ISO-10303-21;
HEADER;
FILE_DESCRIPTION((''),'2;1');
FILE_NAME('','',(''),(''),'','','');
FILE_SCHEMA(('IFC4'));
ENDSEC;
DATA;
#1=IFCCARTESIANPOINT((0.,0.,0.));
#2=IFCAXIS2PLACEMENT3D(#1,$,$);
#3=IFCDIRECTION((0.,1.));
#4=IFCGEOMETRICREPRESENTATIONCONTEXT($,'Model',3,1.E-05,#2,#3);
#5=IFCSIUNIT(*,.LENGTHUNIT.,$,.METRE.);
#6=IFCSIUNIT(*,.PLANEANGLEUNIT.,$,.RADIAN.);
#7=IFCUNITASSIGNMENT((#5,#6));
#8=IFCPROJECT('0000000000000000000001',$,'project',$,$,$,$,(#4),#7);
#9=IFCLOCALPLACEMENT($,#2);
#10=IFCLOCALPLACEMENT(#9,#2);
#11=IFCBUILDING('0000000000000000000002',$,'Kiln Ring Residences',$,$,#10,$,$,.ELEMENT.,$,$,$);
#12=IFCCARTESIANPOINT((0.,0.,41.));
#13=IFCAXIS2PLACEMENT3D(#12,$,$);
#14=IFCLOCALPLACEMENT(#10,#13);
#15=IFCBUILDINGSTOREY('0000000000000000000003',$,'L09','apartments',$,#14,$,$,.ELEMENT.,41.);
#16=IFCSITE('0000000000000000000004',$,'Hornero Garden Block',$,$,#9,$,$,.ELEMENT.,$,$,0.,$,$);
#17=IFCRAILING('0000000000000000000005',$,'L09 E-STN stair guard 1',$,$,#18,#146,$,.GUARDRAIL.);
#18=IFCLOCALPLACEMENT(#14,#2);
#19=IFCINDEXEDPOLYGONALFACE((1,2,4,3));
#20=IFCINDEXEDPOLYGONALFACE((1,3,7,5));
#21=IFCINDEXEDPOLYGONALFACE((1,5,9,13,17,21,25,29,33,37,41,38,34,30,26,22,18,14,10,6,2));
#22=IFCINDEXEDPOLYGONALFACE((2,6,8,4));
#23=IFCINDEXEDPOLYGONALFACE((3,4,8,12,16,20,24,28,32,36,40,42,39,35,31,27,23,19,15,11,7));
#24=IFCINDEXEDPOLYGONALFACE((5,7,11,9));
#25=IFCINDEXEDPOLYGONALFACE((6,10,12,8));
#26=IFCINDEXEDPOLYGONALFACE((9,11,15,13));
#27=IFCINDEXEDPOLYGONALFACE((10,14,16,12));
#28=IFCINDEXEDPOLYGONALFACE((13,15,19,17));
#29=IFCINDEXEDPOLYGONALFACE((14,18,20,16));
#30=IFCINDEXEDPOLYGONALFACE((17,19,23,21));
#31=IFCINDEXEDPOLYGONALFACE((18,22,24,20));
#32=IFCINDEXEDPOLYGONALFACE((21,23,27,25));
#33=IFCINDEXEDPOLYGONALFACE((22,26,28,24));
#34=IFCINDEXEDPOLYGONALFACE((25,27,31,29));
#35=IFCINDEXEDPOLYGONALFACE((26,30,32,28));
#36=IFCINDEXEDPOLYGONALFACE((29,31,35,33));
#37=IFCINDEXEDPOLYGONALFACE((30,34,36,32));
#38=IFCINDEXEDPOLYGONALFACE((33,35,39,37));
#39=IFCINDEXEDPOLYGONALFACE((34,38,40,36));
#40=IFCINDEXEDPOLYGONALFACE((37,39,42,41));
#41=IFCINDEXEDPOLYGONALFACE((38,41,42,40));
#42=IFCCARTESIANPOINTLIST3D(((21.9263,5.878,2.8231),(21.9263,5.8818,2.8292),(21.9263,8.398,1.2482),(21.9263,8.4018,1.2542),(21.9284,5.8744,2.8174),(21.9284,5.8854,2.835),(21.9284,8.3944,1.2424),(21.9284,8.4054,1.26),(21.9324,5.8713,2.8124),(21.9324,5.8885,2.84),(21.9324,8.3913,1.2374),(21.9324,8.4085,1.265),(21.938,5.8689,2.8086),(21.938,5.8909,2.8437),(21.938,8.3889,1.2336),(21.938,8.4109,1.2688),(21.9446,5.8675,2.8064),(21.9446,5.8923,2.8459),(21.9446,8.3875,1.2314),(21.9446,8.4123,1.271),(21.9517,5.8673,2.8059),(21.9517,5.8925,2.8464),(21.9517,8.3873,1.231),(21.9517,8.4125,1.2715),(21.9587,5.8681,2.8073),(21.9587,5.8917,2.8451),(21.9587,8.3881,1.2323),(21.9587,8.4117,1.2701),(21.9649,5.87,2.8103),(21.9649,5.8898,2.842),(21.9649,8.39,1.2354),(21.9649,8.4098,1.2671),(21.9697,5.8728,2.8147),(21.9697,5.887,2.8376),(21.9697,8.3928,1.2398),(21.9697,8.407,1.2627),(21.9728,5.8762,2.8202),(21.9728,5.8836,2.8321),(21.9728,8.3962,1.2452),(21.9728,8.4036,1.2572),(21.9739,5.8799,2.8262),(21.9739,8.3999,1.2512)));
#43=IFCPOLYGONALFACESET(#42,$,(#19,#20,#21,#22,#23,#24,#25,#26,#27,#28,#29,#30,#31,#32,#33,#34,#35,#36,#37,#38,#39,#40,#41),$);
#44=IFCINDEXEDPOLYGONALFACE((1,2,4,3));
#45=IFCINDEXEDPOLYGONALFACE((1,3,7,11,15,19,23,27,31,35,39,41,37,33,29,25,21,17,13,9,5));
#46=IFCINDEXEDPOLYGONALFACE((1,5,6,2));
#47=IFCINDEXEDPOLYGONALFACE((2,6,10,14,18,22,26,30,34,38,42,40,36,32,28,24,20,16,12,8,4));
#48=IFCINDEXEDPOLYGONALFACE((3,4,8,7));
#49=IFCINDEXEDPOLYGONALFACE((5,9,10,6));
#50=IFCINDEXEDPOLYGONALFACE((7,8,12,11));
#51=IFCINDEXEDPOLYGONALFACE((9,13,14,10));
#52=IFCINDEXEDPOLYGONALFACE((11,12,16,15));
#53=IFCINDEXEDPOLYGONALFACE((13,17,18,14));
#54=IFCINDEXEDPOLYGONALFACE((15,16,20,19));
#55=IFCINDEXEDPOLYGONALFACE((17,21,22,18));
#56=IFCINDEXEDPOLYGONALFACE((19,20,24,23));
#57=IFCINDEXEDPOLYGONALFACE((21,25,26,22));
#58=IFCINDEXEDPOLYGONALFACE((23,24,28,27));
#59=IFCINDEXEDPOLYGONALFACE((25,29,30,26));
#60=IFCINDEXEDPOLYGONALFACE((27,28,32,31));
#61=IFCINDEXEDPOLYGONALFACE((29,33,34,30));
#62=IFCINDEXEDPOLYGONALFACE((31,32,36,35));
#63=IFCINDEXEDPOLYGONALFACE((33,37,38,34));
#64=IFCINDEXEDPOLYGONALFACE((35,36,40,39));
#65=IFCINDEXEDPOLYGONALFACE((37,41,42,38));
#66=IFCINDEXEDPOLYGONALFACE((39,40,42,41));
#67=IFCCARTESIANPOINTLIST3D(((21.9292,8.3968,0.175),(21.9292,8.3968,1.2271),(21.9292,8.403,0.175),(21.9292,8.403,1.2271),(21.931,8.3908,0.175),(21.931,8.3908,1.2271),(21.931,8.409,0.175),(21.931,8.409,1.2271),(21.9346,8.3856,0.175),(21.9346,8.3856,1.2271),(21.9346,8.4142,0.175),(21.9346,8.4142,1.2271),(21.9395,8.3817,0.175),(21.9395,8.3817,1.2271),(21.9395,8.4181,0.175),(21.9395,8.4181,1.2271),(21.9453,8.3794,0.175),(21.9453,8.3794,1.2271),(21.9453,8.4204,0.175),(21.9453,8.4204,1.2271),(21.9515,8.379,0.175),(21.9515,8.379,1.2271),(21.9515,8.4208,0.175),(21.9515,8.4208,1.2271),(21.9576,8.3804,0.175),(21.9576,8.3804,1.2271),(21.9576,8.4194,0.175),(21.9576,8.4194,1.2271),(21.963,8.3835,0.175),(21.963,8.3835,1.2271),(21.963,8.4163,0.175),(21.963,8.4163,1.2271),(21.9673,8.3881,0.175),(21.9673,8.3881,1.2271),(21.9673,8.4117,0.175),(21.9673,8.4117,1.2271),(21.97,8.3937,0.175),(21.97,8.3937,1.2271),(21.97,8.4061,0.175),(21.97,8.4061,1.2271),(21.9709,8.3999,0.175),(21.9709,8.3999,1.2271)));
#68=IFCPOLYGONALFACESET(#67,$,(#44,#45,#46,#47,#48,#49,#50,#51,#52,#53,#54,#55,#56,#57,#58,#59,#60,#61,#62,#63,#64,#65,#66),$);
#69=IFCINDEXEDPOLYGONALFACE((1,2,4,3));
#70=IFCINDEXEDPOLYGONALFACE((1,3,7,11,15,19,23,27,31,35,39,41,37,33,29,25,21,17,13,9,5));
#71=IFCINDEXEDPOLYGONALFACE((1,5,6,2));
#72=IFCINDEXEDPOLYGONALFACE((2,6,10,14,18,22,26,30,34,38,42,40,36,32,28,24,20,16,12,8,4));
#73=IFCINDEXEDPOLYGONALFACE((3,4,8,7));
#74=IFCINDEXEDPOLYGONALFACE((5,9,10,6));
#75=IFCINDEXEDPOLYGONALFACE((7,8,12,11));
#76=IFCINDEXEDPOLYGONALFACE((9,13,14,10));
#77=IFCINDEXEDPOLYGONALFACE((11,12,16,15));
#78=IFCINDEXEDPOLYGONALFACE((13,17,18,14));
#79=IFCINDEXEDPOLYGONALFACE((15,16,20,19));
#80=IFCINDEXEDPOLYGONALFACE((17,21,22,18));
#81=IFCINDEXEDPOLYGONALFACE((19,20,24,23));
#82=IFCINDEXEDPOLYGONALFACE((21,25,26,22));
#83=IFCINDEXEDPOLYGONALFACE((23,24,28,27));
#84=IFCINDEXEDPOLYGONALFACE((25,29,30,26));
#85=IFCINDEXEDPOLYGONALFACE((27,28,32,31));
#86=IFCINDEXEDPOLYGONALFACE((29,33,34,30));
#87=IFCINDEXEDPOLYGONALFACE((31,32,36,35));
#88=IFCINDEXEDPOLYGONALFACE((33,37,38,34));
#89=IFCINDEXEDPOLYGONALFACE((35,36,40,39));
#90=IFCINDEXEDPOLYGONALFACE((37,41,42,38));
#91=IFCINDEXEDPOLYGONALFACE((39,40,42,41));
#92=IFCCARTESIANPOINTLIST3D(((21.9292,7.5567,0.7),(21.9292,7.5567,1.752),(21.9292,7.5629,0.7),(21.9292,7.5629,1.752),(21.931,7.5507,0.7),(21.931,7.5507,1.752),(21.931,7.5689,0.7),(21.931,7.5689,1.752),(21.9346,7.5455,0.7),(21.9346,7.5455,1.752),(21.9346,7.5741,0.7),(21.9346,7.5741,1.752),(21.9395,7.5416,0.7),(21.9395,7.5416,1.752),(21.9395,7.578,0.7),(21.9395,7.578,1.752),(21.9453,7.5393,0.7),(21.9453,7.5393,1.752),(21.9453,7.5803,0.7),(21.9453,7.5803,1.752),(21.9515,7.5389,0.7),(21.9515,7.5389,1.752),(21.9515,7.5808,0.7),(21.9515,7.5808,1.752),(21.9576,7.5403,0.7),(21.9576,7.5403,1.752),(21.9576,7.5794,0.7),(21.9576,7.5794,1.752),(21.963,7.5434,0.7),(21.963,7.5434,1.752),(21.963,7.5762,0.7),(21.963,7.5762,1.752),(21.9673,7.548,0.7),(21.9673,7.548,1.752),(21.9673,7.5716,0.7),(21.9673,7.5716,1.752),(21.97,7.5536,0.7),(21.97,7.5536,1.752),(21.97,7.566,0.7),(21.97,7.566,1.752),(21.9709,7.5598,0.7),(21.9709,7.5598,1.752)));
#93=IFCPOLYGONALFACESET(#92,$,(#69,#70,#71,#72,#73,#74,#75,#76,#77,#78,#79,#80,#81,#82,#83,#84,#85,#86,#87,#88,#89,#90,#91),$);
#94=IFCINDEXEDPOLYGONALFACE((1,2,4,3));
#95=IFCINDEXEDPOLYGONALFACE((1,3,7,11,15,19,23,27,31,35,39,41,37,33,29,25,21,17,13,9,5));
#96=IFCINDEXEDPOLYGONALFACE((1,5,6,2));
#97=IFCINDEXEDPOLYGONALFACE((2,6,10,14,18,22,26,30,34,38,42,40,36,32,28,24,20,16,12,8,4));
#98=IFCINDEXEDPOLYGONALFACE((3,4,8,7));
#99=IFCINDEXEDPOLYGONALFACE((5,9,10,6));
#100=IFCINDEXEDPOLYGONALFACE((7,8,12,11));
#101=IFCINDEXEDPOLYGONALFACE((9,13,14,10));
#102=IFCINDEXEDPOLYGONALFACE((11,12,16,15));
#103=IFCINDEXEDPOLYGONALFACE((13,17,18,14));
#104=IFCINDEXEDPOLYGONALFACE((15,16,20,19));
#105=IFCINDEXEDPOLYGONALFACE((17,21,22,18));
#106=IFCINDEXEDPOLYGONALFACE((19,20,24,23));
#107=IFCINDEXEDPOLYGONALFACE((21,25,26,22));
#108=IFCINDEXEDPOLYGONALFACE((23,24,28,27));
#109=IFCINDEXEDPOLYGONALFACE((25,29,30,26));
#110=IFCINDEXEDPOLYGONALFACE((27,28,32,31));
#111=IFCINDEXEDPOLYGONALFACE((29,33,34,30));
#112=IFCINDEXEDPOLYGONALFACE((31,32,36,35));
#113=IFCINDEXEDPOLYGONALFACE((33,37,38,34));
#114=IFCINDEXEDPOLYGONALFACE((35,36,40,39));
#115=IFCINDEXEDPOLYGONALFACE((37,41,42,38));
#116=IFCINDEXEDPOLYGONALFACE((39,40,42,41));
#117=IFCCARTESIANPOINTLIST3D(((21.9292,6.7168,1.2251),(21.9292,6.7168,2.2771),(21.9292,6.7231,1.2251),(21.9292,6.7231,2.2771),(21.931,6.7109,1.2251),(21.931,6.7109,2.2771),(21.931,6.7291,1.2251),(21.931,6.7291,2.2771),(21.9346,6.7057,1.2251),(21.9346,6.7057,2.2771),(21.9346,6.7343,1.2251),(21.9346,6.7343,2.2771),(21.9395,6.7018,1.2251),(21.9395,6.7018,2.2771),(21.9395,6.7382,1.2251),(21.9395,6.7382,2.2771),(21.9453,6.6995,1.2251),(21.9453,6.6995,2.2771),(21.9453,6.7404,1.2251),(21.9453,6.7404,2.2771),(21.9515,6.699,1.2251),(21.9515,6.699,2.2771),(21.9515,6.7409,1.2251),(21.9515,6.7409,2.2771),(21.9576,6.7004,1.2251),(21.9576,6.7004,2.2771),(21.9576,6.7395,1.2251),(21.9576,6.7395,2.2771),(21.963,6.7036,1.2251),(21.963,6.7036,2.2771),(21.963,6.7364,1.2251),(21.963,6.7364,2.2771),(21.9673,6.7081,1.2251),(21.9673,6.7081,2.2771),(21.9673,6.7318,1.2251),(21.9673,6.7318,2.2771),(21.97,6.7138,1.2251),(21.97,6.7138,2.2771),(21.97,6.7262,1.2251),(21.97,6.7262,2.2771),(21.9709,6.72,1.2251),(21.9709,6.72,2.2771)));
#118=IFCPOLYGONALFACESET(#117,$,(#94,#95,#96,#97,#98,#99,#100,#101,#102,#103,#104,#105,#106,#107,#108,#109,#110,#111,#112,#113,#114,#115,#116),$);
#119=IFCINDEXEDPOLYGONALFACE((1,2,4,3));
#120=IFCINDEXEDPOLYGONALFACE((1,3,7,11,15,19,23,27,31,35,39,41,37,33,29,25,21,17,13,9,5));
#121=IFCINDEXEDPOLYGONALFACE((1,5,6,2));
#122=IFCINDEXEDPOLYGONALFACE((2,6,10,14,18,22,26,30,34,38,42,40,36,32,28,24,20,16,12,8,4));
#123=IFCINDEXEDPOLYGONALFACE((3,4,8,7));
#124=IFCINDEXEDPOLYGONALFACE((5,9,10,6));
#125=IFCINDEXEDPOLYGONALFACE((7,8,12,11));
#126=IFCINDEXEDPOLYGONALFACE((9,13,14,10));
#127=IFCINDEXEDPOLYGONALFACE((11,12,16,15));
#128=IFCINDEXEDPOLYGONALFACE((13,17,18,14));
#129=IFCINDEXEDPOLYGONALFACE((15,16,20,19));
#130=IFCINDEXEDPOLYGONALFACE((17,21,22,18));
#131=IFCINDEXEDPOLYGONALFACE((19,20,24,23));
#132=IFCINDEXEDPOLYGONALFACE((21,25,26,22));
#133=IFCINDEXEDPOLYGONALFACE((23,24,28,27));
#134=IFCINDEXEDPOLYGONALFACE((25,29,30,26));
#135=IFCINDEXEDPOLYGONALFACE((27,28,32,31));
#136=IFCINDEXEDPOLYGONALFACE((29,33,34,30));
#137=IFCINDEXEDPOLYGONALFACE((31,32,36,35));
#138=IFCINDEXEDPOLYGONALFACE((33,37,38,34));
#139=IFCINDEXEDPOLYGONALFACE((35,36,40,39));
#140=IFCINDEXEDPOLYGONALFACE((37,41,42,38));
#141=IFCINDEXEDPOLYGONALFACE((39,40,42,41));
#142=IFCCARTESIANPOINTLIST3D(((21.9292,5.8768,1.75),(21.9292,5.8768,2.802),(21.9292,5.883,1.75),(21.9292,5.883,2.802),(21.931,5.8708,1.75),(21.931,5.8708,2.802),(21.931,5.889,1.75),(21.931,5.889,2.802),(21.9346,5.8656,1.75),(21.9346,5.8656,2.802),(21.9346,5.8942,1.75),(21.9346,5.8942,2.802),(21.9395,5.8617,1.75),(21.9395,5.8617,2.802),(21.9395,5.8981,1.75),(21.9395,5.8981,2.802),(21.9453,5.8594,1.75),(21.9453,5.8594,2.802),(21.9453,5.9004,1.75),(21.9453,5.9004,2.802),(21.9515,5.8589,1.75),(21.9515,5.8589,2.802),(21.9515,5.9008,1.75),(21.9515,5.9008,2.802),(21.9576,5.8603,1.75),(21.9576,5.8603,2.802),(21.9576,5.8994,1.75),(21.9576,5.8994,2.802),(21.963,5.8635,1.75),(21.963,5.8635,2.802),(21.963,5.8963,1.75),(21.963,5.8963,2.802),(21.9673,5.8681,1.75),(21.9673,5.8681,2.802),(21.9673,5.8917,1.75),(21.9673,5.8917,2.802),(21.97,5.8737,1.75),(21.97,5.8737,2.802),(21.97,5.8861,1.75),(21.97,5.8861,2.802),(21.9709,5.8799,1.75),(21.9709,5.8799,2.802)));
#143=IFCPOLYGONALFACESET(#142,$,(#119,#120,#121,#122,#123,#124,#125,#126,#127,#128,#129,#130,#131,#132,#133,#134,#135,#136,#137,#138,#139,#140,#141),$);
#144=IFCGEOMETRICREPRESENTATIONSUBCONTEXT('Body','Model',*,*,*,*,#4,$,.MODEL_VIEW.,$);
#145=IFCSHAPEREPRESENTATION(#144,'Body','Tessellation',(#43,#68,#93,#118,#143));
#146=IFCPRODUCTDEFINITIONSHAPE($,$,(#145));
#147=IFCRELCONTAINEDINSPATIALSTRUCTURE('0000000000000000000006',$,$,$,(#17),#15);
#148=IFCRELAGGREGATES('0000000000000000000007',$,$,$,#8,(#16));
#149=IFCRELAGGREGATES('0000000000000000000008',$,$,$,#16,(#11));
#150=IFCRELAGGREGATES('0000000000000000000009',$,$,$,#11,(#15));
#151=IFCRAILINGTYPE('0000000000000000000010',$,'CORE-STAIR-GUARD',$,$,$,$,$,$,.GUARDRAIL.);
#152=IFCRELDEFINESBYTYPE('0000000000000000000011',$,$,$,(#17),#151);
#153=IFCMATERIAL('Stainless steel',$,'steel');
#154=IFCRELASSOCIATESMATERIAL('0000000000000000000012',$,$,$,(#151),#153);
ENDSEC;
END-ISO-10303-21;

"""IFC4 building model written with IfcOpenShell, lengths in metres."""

from ifc_helpers import new_model, si_unit, direction, frame, origin, origin_2d, place, context, subcontext, project, spatial, circle, extrude, material, type_object, element, save


model = new_model("IFC4")

# Units and contexts
model_context = context("Model", 3, precision=1e-05, world=origin(), true_north=direction((0.0, 1.0)))
body_context = subcontext(model_context, "Body", "Model", "MODEL_VIEW")
ifc_project = project(units=[si_unit("LENGTHUNIT", "METRE"), si_unit("PLANEANGLEUNIT", "RADIAN")], contexts=[model_context])

# Site, building, storey
site_placement = place(None, origin())
site = spatial("IfcSite", under=ifc_project, at=site_placement, Name="Hornero Garden Block", CompositionType="ELEMENT", RefElevation=0.0)
building_placement = place(site_placement, origin())
building = spatial("IfcBuilding", under=site, at=building_placement, Name="Kiln Ring Residences", CompositionType="ELEMENT")
storey_placement = place(building_placement, frame((0.0, 0.0, 41.0)))
storey = spatial("IfcBuildingStorey", under=building, at=storey_placement, Name="L09", Description="apartments", CompositionType="ELEMENT", Elevation=41.0)

# Railing
ifc_material_1 = material(Name="Stainless steel", Category="steel")
railing_type = type_object("IfcRailingType", Name="CORE-STAIR-GUARD", PredefinedType="GUARDRAIL", material=ifc_material_1)
railing_1_placement = place(storey_placement, frame((21.95, 8.3999, 0.175)))
element("IfcRailing", 1, at=railing_1_placement, inside=storey, type_object=railing_type, Name="L09 E-STN stair guard 1", PredefinedType="GUARDRAIL", context=body_context, shape_type="SweptSolid", body=[
    extrude(circle(Radius=0.0239, at=origin_2d()), frame((0.0, 0.0, 1.0762), z_axis=(0.0, -0.848008, 0.529984), x_axis=(1.0, 0.0, 0.0)), (0.0, 0.0, 1.0), 2.9717),
    extrude(circle(Radius=0.021, at=origin_2d()), origin(), (0.0, 0.0, 1.0), 1.052),
    extrude(circle(Radius=0.021, at=origin_2d()), frame((0.0, -0.8401, 0.5249)), (0.0, 0.0, 1.0), 1.052),
    extrude(circle(Radius=0.021, at=origin_2d()), frame((0.0, -1.6799, 1.05)), (0.0, 0.0, 1.0), 1.052),
    extrude(circle(Radius=0.021, at=origin_2d()), frame((0.0, -2.52, 1.575)), (0.0, 0.0, 1.0), 1.052),
])

save(model, "model.ifc")
